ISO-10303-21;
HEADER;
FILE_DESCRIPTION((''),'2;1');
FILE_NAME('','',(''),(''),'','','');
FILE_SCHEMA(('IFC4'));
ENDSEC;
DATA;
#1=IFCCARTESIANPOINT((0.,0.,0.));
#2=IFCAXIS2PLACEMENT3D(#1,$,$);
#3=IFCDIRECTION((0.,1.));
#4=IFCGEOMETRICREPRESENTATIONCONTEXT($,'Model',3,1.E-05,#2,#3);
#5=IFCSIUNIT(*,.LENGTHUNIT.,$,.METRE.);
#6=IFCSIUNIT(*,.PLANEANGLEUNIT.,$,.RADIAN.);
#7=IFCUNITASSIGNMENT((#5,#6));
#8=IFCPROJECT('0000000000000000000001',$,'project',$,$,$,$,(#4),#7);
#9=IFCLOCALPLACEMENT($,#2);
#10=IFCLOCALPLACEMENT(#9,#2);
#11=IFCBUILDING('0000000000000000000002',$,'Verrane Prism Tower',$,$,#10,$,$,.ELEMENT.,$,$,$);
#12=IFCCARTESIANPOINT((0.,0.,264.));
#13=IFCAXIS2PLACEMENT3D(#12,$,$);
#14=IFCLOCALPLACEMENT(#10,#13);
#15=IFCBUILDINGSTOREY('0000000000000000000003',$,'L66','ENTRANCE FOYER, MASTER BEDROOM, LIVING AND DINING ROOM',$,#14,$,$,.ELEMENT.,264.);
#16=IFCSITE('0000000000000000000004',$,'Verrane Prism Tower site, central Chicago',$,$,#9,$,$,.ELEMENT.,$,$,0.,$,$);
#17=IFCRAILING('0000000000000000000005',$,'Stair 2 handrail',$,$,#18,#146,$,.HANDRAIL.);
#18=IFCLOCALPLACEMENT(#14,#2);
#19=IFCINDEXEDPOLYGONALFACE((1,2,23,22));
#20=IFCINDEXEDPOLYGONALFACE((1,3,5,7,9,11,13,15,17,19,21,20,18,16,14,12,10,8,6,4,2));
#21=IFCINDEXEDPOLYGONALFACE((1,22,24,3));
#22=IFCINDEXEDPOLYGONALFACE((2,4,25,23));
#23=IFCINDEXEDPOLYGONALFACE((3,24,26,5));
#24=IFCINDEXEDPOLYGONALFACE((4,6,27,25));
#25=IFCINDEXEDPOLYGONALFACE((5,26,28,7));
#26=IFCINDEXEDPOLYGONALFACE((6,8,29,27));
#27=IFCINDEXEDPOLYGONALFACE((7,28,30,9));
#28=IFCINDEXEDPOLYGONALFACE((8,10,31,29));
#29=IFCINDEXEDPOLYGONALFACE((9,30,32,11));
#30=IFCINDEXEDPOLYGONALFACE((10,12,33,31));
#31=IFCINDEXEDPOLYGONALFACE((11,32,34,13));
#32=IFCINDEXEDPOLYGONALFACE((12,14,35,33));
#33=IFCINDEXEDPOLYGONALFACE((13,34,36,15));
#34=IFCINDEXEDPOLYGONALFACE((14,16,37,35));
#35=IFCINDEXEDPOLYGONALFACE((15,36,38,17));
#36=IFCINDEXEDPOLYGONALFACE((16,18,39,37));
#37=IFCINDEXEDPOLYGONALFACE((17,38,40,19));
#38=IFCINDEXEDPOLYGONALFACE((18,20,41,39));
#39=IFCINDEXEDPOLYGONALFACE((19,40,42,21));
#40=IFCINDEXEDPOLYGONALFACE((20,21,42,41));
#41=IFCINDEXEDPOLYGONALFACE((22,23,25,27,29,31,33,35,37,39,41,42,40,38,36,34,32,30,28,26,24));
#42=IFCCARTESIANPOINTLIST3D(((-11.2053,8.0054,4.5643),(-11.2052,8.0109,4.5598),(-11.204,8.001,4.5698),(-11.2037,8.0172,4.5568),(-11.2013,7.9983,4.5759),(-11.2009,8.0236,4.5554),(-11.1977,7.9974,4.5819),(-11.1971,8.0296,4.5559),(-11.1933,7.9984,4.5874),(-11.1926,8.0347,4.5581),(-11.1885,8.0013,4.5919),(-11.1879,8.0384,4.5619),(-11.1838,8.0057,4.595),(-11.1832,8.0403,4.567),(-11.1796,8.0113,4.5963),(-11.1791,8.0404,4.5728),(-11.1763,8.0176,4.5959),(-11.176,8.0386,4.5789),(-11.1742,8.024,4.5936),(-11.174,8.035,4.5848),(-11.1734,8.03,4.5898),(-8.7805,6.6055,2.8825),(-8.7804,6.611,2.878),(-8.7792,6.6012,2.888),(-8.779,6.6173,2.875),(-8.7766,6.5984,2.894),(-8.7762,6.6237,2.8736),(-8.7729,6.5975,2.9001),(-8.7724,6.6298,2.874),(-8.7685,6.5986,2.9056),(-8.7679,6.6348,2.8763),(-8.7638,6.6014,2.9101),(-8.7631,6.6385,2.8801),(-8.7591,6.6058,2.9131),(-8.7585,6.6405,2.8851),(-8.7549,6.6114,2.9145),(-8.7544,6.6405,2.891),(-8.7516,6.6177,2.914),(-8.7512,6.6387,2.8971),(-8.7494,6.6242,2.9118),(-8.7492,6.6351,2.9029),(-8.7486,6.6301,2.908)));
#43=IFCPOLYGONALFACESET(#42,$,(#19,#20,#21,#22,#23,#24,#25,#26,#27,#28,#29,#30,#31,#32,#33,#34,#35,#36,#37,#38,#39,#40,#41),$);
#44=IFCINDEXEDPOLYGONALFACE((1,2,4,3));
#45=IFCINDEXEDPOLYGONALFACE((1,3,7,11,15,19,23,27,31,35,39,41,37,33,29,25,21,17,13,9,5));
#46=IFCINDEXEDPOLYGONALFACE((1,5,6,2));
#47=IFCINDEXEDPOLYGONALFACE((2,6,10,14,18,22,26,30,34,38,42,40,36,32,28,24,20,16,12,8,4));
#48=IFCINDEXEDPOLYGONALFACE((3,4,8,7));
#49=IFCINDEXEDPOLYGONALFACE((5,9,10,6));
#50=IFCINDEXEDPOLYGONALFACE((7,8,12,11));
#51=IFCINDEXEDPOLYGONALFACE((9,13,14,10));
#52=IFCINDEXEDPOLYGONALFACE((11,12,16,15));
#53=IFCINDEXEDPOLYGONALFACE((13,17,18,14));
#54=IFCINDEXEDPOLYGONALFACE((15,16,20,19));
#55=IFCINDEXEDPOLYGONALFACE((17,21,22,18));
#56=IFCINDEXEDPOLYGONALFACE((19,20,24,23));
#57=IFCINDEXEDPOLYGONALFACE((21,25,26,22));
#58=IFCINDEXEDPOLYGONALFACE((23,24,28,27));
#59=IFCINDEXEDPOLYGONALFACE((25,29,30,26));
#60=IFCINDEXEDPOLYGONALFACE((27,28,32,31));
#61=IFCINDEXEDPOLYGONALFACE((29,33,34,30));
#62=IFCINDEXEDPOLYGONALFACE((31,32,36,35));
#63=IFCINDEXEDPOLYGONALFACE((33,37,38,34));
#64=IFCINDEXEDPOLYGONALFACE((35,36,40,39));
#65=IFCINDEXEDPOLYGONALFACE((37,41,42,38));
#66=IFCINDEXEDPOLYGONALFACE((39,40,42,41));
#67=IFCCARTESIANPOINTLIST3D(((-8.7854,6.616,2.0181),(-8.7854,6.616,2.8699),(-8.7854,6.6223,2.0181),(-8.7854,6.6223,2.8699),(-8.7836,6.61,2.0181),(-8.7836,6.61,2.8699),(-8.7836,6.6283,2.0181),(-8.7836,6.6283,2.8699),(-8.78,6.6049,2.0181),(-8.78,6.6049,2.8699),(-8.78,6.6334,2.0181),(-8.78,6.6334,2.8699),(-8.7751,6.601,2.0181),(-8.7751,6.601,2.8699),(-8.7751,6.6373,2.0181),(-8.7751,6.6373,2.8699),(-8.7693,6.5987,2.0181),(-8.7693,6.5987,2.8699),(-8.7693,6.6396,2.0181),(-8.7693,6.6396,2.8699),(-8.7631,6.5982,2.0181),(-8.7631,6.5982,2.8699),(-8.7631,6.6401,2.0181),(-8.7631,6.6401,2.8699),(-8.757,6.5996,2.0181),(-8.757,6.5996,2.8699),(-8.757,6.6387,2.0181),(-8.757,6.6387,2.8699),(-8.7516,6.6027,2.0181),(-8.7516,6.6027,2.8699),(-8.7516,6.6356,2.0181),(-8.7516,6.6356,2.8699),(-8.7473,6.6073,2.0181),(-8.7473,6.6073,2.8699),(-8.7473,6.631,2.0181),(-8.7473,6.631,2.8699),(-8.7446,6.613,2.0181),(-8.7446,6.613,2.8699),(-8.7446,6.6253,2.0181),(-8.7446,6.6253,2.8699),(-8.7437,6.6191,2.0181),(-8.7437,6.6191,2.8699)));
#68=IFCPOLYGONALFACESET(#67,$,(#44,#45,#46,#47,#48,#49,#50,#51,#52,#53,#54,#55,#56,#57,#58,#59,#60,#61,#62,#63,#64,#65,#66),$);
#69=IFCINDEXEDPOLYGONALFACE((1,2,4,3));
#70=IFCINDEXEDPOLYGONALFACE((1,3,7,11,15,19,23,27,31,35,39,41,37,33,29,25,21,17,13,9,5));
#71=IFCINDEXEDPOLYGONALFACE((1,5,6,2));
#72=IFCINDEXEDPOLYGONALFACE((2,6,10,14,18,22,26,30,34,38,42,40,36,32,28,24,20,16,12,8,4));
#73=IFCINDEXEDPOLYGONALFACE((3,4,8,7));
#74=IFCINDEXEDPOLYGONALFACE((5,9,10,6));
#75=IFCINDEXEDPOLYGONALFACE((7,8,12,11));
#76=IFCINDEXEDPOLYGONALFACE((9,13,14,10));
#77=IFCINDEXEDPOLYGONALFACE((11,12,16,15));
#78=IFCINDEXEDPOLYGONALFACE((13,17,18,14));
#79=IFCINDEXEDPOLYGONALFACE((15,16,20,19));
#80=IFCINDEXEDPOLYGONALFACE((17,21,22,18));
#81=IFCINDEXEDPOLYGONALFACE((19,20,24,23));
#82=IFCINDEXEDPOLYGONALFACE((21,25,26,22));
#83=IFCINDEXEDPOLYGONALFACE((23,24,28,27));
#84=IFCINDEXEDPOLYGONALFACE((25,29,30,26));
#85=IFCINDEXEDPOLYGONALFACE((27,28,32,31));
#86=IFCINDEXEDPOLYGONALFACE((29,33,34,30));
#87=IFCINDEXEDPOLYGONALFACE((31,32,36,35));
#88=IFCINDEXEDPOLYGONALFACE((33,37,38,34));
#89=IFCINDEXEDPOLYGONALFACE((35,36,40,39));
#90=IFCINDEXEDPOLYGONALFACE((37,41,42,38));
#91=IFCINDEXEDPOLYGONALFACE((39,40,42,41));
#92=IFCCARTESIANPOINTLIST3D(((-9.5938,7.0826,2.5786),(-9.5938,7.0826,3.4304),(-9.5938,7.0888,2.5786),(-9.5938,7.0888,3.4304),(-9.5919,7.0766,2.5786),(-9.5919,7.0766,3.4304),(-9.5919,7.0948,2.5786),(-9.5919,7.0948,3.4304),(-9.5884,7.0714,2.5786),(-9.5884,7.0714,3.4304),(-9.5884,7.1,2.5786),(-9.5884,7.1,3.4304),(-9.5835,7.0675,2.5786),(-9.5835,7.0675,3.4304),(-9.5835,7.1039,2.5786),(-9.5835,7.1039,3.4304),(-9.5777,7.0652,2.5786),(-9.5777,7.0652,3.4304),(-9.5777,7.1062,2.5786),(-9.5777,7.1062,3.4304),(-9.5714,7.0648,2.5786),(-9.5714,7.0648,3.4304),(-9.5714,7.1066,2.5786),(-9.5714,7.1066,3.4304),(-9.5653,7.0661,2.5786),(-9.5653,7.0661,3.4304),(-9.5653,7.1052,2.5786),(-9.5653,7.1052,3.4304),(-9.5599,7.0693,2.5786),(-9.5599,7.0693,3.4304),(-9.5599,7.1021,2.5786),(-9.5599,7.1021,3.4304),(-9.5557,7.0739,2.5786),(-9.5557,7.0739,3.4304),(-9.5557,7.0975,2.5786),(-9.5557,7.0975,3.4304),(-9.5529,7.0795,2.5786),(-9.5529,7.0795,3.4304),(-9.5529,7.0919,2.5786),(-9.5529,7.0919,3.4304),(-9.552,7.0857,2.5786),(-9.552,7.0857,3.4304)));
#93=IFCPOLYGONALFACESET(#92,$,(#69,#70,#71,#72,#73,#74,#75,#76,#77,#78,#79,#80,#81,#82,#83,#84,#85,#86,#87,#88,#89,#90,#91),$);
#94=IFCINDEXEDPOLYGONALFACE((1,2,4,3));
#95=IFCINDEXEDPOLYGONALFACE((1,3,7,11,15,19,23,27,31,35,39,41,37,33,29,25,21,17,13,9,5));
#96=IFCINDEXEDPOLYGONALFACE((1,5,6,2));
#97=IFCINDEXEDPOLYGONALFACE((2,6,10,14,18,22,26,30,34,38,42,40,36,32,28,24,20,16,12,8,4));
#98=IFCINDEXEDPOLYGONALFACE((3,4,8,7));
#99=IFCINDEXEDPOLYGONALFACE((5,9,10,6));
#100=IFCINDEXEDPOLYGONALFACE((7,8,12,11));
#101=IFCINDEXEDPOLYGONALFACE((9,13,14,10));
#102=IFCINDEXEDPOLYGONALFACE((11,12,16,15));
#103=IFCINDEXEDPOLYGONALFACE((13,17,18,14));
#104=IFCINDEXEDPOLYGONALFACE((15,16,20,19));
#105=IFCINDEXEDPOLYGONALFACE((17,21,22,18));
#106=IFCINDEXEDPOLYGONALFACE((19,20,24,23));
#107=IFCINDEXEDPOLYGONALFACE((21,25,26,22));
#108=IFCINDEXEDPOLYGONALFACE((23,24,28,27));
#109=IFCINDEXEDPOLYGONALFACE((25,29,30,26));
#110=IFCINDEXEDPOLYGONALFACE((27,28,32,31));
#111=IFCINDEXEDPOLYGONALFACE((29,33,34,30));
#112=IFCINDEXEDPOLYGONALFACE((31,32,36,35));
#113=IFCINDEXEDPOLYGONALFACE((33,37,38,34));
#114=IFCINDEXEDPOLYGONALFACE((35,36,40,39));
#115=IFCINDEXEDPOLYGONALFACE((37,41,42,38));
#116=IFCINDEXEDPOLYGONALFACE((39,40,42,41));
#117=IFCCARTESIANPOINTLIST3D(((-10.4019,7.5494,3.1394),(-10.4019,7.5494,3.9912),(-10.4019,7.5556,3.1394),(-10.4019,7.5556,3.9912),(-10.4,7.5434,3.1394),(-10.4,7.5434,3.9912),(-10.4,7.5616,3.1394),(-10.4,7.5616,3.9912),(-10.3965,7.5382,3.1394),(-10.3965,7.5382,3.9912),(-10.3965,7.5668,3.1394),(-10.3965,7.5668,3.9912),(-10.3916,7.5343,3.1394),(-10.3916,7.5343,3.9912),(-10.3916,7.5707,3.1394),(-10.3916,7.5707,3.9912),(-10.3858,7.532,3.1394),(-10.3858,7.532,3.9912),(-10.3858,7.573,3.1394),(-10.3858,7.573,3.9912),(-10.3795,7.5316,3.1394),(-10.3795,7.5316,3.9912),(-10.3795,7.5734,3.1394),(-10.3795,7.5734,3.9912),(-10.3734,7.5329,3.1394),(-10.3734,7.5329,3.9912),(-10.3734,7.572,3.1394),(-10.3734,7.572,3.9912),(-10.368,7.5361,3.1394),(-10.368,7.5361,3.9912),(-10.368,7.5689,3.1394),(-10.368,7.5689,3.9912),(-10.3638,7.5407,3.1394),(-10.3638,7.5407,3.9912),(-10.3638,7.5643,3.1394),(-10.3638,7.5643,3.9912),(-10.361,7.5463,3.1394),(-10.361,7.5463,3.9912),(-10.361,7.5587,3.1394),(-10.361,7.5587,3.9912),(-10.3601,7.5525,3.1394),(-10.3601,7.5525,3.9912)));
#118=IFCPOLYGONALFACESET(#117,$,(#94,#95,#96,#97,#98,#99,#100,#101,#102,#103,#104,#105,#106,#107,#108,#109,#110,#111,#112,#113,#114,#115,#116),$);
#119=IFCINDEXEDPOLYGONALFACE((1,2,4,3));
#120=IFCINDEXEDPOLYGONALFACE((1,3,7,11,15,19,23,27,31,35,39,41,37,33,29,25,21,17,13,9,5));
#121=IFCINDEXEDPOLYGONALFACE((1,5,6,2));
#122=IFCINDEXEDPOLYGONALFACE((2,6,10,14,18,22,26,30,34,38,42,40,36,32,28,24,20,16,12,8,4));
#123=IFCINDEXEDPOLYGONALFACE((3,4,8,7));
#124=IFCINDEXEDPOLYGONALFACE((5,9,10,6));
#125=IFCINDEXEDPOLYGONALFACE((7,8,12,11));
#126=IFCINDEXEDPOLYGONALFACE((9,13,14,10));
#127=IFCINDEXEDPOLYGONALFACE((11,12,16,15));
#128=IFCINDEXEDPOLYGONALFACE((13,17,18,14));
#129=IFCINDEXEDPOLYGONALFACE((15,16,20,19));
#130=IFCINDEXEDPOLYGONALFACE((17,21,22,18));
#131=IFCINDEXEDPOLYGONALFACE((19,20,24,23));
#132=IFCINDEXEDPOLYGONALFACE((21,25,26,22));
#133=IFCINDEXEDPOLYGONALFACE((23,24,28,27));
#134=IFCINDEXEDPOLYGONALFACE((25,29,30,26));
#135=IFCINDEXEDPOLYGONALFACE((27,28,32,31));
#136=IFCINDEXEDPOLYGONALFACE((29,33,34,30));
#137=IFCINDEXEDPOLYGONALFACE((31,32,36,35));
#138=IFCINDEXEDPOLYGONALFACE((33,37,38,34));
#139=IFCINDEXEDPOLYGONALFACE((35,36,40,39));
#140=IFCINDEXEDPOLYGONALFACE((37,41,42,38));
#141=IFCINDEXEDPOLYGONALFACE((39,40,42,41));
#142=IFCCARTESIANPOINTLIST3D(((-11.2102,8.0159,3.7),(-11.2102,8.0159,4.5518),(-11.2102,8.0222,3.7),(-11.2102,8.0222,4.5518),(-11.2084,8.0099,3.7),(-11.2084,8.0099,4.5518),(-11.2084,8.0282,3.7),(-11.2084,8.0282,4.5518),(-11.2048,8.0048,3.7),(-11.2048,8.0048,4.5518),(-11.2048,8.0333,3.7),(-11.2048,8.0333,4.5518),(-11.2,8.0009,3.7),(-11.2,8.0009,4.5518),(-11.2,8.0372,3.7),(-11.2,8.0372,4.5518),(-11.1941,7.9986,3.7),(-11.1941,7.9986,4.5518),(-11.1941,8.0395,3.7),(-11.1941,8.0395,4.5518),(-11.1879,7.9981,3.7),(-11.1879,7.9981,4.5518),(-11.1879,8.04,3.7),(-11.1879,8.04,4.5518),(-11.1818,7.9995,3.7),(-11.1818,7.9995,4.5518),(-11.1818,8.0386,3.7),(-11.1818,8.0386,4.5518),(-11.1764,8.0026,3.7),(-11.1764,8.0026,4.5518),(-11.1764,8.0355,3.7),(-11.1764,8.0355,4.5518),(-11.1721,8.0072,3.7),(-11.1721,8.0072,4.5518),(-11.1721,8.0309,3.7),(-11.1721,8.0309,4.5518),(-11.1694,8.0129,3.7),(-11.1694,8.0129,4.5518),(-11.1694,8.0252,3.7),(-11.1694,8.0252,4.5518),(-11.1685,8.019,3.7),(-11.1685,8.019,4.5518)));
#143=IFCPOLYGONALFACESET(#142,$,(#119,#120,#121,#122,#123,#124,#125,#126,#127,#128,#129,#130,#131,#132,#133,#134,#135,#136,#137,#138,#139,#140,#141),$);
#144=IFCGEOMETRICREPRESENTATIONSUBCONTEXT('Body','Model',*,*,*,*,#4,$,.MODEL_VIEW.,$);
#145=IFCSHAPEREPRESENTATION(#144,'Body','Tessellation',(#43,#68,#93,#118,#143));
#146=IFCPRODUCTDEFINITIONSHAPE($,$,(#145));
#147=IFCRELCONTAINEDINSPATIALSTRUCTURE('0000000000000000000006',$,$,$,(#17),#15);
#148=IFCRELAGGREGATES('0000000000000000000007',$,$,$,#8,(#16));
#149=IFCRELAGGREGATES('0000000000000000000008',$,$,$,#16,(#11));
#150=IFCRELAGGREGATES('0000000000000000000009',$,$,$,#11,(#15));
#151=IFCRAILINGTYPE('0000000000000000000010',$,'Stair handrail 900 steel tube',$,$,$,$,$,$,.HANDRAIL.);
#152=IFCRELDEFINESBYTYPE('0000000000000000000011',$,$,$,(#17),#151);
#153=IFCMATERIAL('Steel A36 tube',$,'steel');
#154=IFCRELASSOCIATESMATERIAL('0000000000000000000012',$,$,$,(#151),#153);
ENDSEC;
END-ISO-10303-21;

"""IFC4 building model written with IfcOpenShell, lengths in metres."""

from ifc_helpers import new_model, si_unit, direction, frame, origin, origin_2d, place, context, subcontext, project, spatial, circle, extrude, material, type_object, element, save


model = new_model("IFC4")

# Units and contexts
model_context = context("Model", 3, precision=1e-05, world=origin(), true_north=direction((0.0, 1.0)))
body_context = subcontext(model_context, "Body", "Model", "MODEL_VIEW")
ifc_project = project(units=[si_unit("LENGTHUNIT", "METRE"), si_unit("PLANEANGLEUNIT", "RADIAN")], contexts=[model_context])

# Site, building, storey
site_placement = place(None, origin())
site = spatial("IfcSite", under=ifc_project, at=site_placement, Name="Verrane Prism Tower site, central Chicago", CompositionType="ELEMENT", RefElevation=0.0)
building_placement = place(site_placement, origin())
building = spatial("IfcBuilding", under=site, at=building_placement, Name="Verrane Prism Tower", CompositionType="ELEMENT")
storey_placement = place(building_placement, frame((0.0, 0.0, 264.0)))
storey = spatial("IfcBuildingStorey", under=building, at=storey_placement, Name="L66", Description="ENTRANCE FOYER, MASTER BEDROOM, LIVING AND DINING ROOM", CompositionType="ELEMENT", Elevation=264.0)

# Railing
ifc_material_1 = material(Name="Steel A36 tube", Category="steel")
railing_type = type_object("IfcRailingType", Name="Stair handrail 900 steel tube", PredefinedType="HANDRAIL", material=ifc_material_1)
railing_placement = place(storey_placement, frame((-8.7646, 6.6191, 2.0181)))
element("IfcRailing", 1, at=railing_placement, inside=storey, type_object=railing_type, Name="Stair 2 handrail", PredefinedType="HANDRAIL", context=body_context, shape_type="SweptSolid", body=[
    extrude(circle(Radius=0.0239, at=origin_2d()), frame((0.0, 0.0, 0.876), z_axis=(-0.74239, 0.428601, 0.514934), x_axis=(-0.499984, -0.866035, 0.0)), (0.0, 0.0, 1.0), 3.2661),
    extrude(circle(Radius=0.021, at=origin_2d()), origin(), (0.0, 0.0, 1.0), 0.8518),
    extrude(circle(Radius=0.021, at=origin_2d()), frame((-0.8083, 0.4666, 0.5605)), (0.0, 0.0, 1.0), 0.8518),
    extrude(circle(Radius=0.021, at=origin_2d()), frame((-1.6165, 0.9333, 1.1213)), (0.0, 0.0, 1.0), 0.8518),
    extrude(circle(Radius=0.021, at=origin_2d()), frame((-2.4248, 1.3999, 1.6819)), (0.0, 0.0, 1.0), 0.8518),
])

save(model, "model.ifc")
